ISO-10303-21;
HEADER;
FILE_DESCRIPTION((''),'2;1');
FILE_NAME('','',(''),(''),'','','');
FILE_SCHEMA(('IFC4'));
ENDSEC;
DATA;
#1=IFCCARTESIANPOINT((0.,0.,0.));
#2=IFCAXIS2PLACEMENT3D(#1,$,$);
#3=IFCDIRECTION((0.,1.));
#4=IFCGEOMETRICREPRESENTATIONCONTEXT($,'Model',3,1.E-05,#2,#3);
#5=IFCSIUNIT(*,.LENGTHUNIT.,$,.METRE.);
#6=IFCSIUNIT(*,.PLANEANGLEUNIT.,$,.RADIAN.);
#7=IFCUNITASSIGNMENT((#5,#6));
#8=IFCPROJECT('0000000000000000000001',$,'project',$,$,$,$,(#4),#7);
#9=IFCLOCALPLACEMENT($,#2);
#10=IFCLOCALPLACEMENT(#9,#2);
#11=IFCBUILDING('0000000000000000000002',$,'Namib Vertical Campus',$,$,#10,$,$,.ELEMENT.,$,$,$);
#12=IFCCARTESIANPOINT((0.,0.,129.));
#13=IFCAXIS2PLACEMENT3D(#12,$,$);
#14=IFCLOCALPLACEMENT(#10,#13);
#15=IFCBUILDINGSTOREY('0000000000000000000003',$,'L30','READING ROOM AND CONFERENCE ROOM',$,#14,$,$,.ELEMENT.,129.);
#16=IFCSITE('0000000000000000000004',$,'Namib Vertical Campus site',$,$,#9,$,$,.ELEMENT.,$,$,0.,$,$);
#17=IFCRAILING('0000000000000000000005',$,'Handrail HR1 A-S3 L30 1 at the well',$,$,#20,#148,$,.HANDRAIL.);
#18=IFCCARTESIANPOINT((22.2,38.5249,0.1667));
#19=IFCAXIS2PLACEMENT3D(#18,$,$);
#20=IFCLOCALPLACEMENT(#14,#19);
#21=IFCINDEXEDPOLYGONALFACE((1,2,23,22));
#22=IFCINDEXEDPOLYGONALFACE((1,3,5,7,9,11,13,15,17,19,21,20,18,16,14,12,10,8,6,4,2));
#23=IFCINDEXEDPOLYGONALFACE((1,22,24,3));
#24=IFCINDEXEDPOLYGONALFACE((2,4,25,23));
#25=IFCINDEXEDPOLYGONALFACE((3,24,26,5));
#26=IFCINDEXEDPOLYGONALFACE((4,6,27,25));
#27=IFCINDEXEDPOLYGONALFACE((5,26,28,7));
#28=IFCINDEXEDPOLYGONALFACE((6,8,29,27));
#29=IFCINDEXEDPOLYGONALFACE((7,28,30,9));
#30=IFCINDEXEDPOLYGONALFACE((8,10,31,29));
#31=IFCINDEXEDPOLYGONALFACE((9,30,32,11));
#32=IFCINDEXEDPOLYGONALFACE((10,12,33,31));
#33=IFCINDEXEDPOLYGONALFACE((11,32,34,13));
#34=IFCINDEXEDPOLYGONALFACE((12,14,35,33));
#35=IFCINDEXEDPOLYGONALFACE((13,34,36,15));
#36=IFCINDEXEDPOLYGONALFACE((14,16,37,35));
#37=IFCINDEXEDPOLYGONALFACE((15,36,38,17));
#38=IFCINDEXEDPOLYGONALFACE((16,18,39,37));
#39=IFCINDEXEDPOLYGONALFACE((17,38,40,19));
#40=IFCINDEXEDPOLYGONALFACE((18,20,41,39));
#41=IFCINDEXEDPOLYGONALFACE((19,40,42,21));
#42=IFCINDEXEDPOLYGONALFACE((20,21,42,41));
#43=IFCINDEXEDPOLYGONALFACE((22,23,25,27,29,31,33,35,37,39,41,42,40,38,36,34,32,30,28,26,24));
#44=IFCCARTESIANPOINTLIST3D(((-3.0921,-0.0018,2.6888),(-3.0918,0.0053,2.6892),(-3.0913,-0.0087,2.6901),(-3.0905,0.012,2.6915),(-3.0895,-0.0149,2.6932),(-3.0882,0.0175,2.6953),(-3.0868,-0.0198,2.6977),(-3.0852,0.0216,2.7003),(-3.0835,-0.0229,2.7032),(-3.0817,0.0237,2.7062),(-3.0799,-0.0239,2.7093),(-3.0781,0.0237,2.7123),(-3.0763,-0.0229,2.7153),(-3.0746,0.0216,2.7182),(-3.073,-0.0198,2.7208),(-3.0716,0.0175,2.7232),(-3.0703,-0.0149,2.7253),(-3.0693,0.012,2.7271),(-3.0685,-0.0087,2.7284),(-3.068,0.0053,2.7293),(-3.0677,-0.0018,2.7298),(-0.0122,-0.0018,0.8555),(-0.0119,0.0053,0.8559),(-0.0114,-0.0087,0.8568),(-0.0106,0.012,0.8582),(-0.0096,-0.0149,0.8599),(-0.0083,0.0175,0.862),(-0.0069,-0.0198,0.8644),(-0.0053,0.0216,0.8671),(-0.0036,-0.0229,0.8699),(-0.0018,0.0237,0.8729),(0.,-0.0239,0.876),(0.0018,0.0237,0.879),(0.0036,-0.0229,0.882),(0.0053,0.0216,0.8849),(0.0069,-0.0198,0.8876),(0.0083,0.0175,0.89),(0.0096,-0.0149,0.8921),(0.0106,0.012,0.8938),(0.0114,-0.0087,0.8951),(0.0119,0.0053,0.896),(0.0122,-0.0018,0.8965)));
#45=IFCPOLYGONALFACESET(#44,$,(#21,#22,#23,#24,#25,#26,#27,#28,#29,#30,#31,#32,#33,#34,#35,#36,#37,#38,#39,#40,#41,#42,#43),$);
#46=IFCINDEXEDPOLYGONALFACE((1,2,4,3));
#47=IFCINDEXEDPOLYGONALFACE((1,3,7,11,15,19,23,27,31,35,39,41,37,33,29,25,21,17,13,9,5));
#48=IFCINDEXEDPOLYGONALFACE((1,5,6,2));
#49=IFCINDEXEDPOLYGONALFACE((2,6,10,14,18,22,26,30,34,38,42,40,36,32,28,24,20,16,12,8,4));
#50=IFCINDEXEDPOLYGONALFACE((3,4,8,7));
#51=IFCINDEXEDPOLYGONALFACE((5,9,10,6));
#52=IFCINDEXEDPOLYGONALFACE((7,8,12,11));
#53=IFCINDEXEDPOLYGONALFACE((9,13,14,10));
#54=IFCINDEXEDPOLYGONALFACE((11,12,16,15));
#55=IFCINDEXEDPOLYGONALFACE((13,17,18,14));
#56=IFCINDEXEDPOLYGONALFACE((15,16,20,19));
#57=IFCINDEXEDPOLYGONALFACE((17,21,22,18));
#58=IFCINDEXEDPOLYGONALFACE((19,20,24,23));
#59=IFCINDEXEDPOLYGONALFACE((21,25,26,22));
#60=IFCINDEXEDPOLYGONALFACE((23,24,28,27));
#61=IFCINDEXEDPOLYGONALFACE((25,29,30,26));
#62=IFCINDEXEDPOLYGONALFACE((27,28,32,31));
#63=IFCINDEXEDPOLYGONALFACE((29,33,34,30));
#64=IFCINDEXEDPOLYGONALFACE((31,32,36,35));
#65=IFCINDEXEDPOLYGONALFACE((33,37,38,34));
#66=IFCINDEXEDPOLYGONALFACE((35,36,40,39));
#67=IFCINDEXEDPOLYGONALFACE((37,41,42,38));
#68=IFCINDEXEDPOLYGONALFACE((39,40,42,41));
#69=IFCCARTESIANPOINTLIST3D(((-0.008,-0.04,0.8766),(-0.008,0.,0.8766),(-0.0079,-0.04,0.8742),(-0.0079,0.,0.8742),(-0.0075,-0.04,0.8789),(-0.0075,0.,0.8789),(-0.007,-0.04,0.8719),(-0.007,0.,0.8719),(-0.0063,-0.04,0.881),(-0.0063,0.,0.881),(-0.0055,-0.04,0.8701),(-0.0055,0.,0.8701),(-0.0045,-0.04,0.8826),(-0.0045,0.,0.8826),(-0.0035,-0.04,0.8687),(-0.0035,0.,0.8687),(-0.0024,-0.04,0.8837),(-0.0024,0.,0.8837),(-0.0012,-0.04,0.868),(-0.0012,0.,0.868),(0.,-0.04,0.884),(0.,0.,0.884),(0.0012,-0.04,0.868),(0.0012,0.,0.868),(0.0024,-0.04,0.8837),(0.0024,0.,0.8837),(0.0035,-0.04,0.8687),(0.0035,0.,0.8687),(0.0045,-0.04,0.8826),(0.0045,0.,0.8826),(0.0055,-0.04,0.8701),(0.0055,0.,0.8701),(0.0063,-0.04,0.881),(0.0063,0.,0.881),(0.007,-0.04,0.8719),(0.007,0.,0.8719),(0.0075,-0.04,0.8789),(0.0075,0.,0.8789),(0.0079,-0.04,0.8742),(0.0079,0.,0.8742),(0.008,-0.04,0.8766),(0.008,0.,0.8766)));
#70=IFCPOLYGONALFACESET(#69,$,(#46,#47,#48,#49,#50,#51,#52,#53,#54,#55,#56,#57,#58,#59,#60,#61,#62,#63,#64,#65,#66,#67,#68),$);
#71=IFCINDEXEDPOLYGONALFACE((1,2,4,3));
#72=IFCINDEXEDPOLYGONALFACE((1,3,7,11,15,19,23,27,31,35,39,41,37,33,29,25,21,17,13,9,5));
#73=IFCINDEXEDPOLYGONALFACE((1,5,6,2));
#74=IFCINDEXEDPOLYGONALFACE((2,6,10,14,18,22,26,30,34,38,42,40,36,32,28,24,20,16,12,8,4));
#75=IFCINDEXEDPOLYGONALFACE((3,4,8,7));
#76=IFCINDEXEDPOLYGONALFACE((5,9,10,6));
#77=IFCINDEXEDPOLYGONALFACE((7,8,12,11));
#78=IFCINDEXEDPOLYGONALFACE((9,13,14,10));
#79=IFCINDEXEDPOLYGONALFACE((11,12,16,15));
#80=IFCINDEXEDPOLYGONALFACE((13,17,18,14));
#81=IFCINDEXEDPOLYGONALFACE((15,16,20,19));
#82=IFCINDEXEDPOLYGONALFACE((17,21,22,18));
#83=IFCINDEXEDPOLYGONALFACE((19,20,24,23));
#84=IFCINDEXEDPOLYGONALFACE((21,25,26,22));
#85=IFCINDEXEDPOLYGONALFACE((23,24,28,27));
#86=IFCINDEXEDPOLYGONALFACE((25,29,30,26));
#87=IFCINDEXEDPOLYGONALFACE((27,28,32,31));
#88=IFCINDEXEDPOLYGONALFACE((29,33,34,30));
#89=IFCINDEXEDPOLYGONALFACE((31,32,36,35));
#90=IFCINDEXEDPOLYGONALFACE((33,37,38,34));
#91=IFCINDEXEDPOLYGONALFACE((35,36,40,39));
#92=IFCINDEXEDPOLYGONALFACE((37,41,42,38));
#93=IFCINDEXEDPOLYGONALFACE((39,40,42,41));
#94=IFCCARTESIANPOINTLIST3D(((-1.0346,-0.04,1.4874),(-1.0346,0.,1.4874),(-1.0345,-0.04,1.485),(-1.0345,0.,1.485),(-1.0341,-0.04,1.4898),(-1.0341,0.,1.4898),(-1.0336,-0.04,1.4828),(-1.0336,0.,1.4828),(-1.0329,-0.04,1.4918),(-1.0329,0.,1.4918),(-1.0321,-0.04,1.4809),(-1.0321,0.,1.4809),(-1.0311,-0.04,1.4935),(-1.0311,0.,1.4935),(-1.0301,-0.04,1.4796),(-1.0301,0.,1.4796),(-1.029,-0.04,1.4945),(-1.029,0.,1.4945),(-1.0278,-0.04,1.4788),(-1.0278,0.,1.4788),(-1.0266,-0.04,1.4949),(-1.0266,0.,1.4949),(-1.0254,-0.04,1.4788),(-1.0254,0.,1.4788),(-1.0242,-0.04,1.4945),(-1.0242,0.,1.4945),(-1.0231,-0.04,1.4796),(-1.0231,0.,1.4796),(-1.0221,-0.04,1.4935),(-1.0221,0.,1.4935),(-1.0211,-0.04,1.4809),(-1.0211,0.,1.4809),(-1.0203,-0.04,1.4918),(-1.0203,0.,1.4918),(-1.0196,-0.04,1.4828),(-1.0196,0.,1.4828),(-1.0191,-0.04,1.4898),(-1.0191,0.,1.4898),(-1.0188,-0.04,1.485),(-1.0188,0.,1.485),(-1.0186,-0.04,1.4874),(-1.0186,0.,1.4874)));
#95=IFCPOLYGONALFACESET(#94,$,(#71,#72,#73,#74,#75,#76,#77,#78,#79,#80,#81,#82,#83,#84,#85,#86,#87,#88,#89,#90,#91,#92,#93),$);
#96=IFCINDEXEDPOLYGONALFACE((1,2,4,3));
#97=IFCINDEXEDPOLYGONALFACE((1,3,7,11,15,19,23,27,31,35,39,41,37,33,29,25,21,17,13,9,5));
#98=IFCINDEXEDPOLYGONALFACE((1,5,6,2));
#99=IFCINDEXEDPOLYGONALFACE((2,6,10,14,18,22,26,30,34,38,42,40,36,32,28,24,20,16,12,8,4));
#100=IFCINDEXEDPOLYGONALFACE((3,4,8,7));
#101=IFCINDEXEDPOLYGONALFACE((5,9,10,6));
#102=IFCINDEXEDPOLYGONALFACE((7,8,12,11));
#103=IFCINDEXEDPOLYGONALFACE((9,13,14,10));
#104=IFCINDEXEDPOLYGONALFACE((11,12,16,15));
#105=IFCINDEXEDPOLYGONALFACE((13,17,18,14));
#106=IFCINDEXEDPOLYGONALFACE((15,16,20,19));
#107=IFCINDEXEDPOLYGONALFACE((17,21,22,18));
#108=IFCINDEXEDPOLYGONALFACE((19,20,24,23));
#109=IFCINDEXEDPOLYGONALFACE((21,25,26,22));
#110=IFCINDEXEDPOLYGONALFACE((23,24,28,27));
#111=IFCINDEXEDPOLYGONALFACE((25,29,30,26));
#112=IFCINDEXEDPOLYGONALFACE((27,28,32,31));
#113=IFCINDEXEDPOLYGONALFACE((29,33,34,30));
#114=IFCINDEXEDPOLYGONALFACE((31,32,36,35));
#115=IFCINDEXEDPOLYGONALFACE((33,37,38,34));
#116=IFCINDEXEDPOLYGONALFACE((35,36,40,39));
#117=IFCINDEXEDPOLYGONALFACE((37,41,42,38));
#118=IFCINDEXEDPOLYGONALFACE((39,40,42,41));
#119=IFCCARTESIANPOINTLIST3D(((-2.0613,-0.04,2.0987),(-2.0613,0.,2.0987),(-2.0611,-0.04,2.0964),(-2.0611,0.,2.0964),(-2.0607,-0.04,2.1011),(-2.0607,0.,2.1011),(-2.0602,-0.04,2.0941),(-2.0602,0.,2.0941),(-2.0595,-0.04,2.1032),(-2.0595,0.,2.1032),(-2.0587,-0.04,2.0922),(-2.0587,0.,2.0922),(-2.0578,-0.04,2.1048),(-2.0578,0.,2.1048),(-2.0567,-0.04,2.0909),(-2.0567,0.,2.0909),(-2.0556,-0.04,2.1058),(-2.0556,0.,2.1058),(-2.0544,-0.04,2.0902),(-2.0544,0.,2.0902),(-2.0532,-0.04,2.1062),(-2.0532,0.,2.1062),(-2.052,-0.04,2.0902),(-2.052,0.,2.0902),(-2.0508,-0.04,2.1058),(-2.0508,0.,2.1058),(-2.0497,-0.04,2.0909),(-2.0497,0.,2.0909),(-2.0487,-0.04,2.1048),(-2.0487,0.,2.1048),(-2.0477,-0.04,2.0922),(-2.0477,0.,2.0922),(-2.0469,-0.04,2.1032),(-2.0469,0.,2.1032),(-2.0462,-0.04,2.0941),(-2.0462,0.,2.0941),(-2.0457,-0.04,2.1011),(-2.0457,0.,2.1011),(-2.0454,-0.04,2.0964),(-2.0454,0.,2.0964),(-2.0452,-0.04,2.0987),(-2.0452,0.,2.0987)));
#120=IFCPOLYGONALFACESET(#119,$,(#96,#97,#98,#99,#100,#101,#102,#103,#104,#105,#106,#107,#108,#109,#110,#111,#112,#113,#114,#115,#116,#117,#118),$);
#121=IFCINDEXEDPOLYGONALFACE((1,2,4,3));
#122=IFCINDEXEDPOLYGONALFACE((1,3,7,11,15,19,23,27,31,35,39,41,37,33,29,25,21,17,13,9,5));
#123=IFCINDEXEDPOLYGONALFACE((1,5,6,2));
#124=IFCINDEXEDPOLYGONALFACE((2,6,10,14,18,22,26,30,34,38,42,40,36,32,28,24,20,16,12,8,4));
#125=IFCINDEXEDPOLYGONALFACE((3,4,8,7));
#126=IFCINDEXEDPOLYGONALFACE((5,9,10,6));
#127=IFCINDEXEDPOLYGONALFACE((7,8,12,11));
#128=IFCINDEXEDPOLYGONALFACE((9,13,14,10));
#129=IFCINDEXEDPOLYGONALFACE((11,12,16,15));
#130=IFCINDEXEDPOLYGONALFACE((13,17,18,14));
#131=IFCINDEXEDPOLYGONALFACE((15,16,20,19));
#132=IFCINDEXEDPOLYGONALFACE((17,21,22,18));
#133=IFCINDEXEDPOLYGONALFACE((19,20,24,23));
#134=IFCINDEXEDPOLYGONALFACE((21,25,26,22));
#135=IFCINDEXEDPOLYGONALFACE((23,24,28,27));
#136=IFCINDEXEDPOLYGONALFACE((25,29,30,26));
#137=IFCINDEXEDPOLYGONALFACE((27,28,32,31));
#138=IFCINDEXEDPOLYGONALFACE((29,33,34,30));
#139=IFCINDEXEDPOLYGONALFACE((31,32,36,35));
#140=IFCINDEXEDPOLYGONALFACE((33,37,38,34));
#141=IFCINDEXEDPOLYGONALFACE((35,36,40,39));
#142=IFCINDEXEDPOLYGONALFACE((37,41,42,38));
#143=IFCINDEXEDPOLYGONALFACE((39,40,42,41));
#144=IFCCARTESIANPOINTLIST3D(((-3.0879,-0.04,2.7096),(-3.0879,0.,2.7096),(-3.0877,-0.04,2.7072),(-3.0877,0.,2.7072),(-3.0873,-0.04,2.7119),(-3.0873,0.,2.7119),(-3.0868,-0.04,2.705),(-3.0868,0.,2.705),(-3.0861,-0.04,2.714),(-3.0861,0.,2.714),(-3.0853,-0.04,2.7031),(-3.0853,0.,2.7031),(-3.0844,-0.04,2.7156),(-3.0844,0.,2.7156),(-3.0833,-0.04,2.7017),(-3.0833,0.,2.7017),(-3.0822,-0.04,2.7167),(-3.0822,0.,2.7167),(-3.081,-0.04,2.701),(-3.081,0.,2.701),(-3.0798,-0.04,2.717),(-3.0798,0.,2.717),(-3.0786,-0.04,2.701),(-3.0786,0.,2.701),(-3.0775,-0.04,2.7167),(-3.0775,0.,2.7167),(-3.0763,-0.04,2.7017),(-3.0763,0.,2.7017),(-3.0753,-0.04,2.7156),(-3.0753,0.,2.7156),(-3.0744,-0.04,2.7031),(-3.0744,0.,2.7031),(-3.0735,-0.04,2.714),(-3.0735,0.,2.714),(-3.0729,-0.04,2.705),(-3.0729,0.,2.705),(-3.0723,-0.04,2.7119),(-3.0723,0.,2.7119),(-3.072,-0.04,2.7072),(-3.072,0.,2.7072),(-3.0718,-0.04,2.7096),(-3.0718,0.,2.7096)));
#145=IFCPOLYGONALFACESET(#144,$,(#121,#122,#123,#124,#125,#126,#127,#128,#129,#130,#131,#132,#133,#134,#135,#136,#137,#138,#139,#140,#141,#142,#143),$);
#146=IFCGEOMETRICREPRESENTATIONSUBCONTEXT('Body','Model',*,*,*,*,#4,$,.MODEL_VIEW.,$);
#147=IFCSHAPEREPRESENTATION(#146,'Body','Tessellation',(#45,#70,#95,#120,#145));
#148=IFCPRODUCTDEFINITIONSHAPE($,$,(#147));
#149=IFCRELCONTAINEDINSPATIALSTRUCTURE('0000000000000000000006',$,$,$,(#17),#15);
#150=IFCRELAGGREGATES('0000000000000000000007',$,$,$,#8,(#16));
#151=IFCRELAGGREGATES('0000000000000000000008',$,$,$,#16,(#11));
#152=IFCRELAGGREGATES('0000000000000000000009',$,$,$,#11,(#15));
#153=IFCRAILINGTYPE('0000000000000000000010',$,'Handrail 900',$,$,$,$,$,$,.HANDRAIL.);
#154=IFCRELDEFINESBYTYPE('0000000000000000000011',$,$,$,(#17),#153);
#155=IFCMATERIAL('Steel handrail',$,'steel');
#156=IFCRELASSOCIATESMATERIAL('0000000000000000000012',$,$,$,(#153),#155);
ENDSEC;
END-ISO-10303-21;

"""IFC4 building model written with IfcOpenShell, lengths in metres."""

from ifc_helpers import new_model, si_unit, direction, frame, origin, origin_2d, place, context, subcontext, project, spatial, circle, extrude, material, type_object, element, save


model = new_model("IFC4")

# Units and contexts
model_context = context("Model", 3, precision=1e-05, world=origin(), true_north=direction((0.0, 1.0)))
body_context = subcontext(model_context, "Body", "Model", "MODEL_VIEW")
ifc_project = project(units=[si_unit("LENGTHUNIT", "METRE"), si_unit("PLANEANGLEUNIT", "RADIAN")], contexts=[model_context])

# Site, building, storey
site_placement = place(None, origin())
site = spatial("IfcSite", under=ifc_project, at=site_placement, Name="Namib Vertical Campus site", CompositionType="ELEMENT", RefElevation=0.0)
building_placement = place(site_placement, origin())
building = spatial("IfcBuilding", under=site, at=building_placement, Name="Namib Vertical Campus", CompositionType="ELEMENT")
storey_placement = place(building_placement, frame((0.0, 0.0, 129.0)))
storey = spatial("IfcBuildingStorey", under=building, at=storey_placement, Name="L30", Description="READING ROOM AND CONFERENCE ROOM", CompositionType="ELEMENT", Elevation=129.0)

# Railing
ifc_material_1 = material(Name="Steel handrail", Category="steel")
railing_type = type_object("IfcRailingType", Name="Handrail 900", PredefinedType="HANDRAIL", material=ifc_material_1)
railing_1_placement = place(storey_placement, frame((22.2, 38.5249, 0.1667)))
element("IfcRailing", 1, at=railing_1_placement, inside=storey, type_object=railing_type, Name="Handrail HR1 A-S3 L30 1 at the well", PredefinedType="HANDRAIL", context=body_context, shape_type="SweptSolid", body=[
    extrude(circle(Radius=0.0239, at=origin_2d()), frame((0.0, 0.0, 0.876), z_axis=(-0.859291, 0.0, 0.511487), x_axis=(0.0, -1.0, 0.0)), (0.0, 0.0, 1.0), 3.5842),
    extrude(circle(Radius=0.0081, at=origin_2d()), frame((0.0, 0.0, 0.876), z_axis=(0.0, -1.0, 0.0), x_axis=(0.0, 0.0, 1.0)), (0.0, 0.0, 1.0), 0.04),
    extrude(circle(Radius=0.0081, at=origin_2d()), frame((-1.0266, 0.0, 1.4868), z_axis=(0.0, -1.0, 0.0), x_axis=(0.0, 0.0, 1.0)), (0.0, 0.0, 1.0), 0.04),
    extrude(circle(Radius=0.0081, at=origin_2d()), frame((-2.0532, 0.0, 2.0981), z_axis=(0.0, -1.0, 0.0), x_axis=(0.0, 0.0, 1.0)), (0.0, 0.0, 1.0), 0.04),
    extrude(circle(Radius=0.0081, at=origin_2d()), frame((-3.0798, 0.0, 2.709), z_axis=(0.0, -1.0, 0.0), x_axis=(0.0, 0.0, 1.0)), (0.0, 0.0, 1.0), 0.04),
])

save(model, "model.ifc")
